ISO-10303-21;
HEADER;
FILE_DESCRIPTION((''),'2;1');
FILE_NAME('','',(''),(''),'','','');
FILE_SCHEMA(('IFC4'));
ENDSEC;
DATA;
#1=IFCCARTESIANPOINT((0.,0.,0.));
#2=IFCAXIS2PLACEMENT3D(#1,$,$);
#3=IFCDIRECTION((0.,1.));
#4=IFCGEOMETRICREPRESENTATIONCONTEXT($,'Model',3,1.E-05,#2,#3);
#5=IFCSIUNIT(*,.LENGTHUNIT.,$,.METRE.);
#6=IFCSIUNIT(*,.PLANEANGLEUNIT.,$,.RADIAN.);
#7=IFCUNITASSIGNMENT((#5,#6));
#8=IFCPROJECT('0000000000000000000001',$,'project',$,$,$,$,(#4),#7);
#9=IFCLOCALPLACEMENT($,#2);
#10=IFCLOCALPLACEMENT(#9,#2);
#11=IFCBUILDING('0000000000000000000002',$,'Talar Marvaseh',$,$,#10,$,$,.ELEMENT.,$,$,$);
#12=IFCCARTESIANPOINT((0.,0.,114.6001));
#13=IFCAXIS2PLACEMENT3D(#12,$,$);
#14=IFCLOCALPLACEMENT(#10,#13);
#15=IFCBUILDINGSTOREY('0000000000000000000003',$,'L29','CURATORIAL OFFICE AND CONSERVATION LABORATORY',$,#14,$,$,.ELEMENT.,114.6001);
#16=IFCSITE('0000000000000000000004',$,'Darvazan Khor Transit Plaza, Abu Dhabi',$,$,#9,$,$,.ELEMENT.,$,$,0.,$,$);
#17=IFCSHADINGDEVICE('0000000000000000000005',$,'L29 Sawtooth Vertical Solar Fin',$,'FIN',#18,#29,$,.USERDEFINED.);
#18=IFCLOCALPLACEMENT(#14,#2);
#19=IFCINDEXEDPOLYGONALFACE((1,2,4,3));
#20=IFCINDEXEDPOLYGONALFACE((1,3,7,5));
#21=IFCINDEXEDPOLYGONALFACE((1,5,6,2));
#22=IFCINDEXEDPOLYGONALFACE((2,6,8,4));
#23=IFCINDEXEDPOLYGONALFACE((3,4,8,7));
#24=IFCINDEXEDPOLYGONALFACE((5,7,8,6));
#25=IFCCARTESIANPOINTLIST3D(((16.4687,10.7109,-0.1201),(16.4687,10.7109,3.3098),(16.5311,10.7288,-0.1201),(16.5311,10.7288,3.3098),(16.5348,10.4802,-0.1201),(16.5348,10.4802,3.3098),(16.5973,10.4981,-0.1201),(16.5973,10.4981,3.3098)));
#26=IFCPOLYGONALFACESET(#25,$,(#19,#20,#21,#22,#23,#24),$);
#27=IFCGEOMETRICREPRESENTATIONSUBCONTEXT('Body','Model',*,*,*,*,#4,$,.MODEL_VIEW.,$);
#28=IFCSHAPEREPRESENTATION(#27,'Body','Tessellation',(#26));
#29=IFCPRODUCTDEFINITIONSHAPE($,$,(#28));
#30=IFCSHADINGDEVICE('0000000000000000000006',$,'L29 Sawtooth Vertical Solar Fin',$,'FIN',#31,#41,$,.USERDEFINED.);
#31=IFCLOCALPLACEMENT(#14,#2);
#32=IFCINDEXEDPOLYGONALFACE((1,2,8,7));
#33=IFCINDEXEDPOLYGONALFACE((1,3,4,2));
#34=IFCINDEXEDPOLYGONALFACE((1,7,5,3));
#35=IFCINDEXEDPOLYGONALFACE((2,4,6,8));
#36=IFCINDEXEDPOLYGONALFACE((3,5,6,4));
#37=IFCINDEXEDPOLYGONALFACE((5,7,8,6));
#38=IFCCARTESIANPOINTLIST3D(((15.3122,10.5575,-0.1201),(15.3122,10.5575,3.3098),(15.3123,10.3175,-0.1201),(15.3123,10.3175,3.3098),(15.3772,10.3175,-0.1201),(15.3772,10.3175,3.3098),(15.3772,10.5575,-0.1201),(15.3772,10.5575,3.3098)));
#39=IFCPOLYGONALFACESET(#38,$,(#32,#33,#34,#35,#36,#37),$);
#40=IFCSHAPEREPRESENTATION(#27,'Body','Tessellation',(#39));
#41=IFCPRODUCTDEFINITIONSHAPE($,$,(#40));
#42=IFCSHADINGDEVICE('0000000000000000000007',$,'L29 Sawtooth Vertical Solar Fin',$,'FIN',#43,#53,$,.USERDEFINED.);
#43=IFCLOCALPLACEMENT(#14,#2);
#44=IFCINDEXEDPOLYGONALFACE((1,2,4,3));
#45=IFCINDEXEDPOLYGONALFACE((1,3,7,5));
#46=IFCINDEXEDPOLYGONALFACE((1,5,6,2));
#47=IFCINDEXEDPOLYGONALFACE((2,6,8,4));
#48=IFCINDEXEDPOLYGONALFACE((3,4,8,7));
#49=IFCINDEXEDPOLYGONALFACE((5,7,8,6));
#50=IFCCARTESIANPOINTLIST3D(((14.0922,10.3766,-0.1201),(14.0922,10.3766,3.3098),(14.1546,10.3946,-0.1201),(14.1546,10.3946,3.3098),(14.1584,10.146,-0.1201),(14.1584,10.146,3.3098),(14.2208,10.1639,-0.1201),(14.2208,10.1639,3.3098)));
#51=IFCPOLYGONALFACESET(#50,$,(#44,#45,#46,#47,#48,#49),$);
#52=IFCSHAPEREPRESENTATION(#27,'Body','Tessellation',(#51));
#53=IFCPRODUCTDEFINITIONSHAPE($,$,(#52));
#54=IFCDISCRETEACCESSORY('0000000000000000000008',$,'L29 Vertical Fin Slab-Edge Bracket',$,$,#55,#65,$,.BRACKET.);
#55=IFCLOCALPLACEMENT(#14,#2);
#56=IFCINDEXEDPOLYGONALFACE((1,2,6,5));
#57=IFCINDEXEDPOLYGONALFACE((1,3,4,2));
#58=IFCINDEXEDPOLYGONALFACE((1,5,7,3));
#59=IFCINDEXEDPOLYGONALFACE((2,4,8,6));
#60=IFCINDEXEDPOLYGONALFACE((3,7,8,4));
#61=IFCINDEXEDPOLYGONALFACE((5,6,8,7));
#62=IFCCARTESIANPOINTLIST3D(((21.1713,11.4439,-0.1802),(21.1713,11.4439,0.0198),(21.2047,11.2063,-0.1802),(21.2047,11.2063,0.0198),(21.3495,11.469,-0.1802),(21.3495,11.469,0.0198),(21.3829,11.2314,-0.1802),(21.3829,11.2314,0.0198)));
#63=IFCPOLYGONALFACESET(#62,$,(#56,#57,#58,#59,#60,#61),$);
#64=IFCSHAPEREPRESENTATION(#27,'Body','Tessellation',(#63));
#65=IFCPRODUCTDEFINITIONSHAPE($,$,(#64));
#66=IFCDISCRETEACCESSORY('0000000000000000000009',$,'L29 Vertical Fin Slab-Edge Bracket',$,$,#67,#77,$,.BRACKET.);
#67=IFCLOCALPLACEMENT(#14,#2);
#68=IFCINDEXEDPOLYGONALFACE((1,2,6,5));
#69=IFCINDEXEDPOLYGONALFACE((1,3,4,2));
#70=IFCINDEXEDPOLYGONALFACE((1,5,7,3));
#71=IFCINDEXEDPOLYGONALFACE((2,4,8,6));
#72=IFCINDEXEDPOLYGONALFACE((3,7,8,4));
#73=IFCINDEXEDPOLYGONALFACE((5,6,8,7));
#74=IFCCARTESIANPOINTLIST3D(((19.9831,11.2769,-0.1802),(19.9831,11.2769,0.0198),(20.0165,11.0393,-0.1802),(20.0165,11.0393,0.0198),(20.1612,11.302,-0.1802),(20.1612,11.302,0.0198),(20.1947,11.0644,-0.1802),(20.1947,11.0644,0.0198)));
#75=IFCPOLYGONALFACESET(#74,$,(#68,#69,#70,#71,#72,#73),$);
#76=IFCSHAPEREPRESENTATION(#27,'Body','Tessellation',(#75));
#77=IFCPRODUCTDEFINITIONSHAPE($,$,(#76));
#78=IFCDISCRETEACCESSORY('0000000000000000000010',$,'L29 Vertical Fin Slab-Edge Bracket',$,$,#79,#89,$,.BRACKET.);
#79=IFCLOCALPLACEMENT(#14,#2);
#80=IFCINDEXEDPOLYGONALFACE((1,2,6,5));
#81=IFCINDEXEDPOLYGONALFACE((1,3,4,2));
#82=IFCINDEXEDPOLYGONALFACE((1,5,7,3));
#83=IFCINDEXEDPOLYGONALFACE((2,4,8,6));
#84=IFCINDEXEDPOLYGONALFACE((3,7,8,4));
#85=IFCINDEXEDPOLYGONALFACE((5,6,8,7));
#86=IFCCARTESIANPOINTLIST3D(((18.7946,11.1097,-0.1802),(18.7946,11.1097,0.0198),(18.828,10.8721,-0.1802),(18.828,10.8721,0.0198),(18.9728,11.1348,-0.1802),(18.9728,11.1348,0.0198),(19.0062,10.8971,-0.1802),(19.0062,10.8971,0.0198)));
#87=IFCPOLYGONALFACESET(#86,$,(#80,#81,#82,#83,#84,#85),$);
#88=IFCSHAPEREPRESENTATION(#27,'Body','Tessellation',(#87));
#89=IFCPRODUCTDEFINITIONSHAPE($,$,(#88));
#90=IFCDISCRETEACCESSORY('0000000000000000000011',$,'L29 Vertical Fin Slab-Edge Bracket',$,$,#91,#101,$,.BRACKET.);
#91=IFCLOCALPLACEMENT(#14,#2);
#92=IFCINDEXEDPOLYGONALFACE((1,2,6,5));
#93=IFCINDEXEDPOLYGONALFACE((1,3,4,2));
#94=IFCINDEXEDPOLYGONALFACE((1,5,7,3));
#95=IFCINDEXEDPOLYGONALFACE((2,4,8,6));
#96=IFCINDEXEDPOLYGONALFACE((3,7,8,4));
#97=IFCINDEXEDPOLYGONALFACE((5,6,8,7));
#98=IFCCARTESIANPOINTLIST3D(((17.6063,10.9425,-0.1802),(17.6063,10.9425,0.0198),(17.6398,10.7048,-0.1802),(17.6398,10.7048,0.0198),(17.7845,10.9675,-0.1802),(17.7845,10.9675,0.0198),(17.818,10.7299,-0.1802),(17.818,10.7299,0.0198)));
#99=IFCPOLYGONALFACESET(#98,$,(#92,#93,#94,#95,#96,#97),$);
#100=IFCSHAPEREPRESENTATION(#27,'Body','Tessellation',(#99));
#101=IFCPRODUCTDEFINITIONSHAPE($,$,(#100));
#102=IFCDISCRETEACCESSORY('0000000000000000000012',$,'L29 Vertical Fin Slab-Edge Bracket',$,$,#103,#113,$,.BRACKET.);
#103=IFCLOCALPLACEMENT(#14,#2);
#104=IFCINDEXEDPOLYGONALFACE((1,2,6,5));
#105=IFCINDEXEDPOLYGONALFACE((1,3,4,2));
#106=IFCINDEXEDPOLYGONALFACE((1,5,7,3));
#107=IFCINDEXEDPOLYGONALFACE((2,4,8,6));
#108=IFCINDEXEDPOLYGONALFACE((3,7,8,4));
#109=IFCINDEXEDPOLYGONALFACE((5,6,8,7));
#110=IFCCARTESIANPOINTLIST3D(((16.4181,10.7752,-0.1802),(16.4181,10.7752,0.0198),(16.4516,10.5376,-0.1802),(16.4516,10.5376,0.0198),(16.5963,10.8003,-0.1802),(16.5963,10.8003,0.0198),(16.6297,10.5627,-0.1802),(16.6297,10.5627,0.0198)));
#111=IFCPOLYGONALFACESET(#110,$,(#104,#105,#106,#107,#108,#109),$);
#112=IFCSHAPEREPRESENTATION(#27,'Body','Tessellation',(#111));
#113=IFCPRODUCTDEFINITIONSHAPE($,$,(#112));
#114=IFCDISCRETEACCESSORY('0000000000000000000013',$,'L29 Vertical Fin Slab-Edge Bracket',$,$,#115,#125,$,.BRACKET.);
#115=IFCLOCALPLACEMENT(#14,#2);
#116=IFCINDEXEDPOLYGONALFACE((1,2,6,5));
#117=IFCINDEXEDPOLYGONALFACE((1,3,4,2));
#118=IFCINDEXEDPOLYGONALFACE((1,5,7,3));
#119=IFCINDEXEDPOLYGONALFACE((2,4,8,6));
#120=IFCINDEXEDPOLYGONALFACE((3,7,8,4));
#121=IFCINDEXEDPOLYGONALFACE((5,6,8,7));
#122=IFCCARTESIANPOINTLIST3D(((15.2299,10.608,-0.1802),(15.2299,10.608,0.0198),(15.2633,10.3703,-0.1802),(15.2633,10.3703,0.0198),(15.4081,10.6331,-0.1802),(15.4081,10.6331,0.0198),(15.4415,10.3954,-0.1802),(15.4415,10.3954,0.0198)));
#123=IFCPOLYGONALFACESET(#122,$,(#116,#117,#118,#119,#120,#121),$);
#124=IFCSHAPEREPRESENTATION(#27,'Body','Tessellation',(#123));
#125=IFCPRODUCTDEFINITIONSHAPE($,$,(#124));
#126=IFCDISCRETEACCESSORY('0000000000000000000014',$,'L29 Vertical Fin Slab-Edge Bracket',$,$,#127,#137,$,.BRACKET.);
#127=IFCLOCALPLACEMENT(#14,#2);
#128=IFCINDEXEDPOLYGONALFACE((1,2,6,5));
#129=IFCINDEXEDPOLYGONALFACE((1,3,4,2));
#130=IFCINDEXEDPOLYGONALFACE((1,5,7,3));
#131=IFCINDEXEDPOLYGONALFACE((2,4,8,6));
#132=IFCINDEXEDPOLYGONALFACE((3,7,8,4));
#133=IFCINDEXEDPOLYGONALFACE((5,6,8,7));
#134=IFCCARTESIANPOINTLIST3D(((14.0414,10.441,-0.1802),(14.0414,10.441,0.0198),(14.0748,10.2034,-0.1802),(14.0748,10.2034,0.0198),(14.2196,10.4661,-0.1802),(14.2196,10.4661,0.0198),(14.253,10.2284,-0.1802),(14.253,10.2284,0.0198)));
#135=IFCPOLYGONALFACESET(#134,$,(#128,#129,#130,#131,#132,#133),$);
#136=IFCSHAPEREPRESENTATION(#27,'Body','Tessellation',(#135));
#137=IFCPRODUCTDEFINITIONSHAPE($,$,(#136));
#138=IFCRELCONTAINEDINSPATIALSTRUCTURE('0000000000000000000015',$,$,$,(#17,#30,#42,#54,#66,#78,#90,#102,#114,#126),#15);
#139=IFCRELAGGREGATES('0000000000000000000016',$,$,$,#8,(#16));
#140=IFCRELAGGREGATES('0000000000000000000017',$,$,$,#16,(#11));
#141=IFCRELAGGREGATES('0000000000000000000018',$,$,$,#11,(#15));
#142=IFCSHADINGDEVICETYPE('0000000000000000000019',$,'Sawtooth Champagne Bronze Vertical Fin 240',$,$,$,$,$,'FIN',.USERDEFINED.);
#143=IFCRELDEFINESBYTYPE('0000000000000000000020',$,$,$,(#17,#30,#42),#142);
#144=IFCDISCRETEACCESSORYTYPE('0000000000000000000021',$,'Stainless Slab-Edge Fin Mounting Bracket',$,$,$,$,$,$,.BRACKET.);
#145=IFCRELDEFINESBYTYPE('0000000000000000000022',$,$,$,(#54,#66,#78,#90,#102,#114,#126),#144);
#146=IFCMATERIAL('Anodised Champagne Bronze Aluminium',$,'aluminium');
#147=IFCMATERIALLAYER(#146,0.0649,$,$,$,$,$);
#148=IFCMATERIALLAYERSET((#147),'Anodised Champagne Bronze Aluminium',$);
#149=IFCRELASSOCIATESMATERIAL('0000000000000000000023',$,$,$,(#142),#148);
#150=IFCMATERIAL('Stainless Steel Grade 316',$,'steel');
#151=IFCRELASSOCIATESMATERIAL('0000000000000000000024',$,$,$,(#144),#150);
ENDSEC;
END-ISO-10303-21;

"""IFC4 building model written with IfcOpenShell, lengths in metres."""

from ifc_helpers import new_model, si_unit, direction, frame, origin, origin_2d, place, context, subcontext, project, spatial, rectangle, extrude, source, transform, mapped, material, layer, layer_set, type_object, type_shapes, element, save


model = new_model("IFC4")

# Units and contexts
model_context = context("Model", 3, precision=1e-05, world=origin(), true_north=direction((0.0, 1.0)))
body_context = subcontext(model_context, "Body", "Model", "MODEL_VIEW")
ifc_project = project(units=[si_unit("LENGTHUNIT", "METRE"), si_unit("PLANEANGLEUNIT", "RADIAN")], contexts=[model_context])

# Site, building, storey
site_placement = place(None, origin())
site = spatial("IfcSite", under=ifc_project, at=site_placement, Name="Darvazan Khor Transit Plaza, Abu Dhabi", CompositionType="ELEMENT", RefElevation=0.0)
building_placement = place(site_placement, origin())
building = spatial("IfcBuilding", under=site, at=building_placement, Name="Talar Marvaseh", CompositionType="ELEMENT")
storey_placement = place(building_placement, frame((0.0, 0.0, 114.6001)))
storey = spatial("IfcBuildingStorey", under=building, at=storey_placement, Name="L29", Description="CURATORIAL OFFICE AND CONSERVATION LABORATORY", CompositionType="ELEMENT", Elevation=114.6001)

# Shading devices
ifc_material_1 = material(Name="Anodised Champagne Bronze Aluminium", Category="aluminium")
ifc_layer_1 = layer(ifc_material_1, 0.0649)
ifc_layer_set_1 = layer_set([ifc_layer_1], Name="Anodised Champagne Bronze Aluminium")
shading_device_type = type_object("IfcShadingDeviceType", Name="Sawtooth Champagne Bronze Vertical Fin 240", ElementType="FIN", PredefinedType="USERDEFINED", material=ifc_layer_set_1)
shared_shape_1 = source(origin(), body_context, "Body", "SweptSolid", [
    extrude(rectangle(XDim=0.24, YDim=0.0649, at=origin_2d()), origin(), (0.0, 0.0, 1.0), 3.4299),
])
type_shapes(shading_device_type, [shared_shape_1])
for number, where, z_axis, x_axis, name in (
    (1, (16.533, 10.6045, -0.1201), (0.0, 0.0, 1.0), (0.275805, -0.961214, 0.0), "L29 Sawtooth Vertical Solar Fin"),
    (2, (15.3447, 10.4375, -0.1201), (0.0, 0.0, 1.0), (0.000175, -1.0, 0.0), "L29 Sawtooth Vertical Solar Fin"),
    (3, (14.1565, 10.2703, -0.1201), (0.0, 0.0, 1.0), (0.275805, -0.961214, 0.0), "L29 Sawtooth Vertical Solar Fin"),
):
    element("IfcShadingDevice", number, at=place(storey_placement, frame(where, z_axis=z_axis, x_axis=x_axis)), inside=storey, type_object=shading_device_type, Name=name, ObjectType="FIN", PredefinedType="USERDEFINED", context=body_context, shape_type="MappedRepresentation", body=[
        mapped(shared_shape_1, transform((0.0, 0.0, 0.0), x_axis=(1.0, 0.0, 0.0), y_axis=(0.0, 1.0, 0.0), z_axis=(0.0, 0.0, 1.0), scale=1.0)),
    ])

# Discrete accessories
ifc_material_2 = material(Name="Stainless Steel Grade 316", Category="steel")
discrete_accessory_type = type_object("IfcDiscreteAccessoryType", Name="Stainless Slab-Edge Fin Mounting Bracket", PredefinedType="BRACKET", material=ifc_material_2)
shared_shape_2 = source(origin(), body_context, "Body", "SweptSolid", [
    extrude(rectangle(XDim=0.24, YDim=0.1799, at=origin_2d()), origin(), (0.0, 0.0, 1.0), 0.2),
])
type_shapes(discrete_accessory_type, [shared_shape_2])
for number, where, z_axis, x_axis, name in (
    (4, (21.2771, 11.3376, -0.1802), (0.0, 0.0, 1.0), (0.139346, -0.990244, 0.0), "L29 Vertical Fin Slab-Edge Bracket"),
    (5, (20.0889, 11.1707, -0.1802), (0.0, 0.0, 1.0), (0.139346, -0.990244, 0.0), "L29 Vertical Fin Slab-Edge Bracket"),
    (6, (18.9004, 11.0034, -0.1802), (0.0, 0.0, 1.0), (0.139346, -0.990244, 0.0), "L29 Vertical Fin Slab-Edge Bracket"),
    (7, (17.7122, 10.8362, -0.1802), (0.0, 0.0, 1.0), (0.139346, -0.990244, 0.0), "L29 Vertical Fin Slab-Edge Bracket"),
    (8, (16.5239, 10.6689, -0.1802), (0.0, 0.0, 1.0), (0.139346, -0.990244, 0.0), "L29 Vertical Fin Slab-Edge Bracket"),
    (9, (15.3357, 10.5017, -0.1802), (0.0, 0.0, 1.0), (0.139346, -0.990244, 0.0), "L29 Vertical Fin Slab-Edge Bracket"),
    (10, (14.1472, 10.3347, -0.1802), (0.0, 0.0, 1.0), (0.139346, -0.990244, 0.0), "L29 Vertical Fin Slab-Edge Bracket"),
):
    element("IfcDiscreteAccessory", number, at=place(storey_placement, frame(where, z_axis=z_axis, x_axis=x_axis)), inside=storey, type_object=discrete_accessory_type, Name=name, PredefinedType="BRACKET", context=body_context, shape_type="MappedRepresentation", body=[
        mapped(shared_shape_2, transform((0.0, 0.0, 0.0), x_axis=(1.0, 0.0, 0.0), y_axis=(0.0, 1.0, 0.0), z_axis=(0.0, 0.0, 1.0), scale=1.0)),
    ])

save(model, "model.ifc")
